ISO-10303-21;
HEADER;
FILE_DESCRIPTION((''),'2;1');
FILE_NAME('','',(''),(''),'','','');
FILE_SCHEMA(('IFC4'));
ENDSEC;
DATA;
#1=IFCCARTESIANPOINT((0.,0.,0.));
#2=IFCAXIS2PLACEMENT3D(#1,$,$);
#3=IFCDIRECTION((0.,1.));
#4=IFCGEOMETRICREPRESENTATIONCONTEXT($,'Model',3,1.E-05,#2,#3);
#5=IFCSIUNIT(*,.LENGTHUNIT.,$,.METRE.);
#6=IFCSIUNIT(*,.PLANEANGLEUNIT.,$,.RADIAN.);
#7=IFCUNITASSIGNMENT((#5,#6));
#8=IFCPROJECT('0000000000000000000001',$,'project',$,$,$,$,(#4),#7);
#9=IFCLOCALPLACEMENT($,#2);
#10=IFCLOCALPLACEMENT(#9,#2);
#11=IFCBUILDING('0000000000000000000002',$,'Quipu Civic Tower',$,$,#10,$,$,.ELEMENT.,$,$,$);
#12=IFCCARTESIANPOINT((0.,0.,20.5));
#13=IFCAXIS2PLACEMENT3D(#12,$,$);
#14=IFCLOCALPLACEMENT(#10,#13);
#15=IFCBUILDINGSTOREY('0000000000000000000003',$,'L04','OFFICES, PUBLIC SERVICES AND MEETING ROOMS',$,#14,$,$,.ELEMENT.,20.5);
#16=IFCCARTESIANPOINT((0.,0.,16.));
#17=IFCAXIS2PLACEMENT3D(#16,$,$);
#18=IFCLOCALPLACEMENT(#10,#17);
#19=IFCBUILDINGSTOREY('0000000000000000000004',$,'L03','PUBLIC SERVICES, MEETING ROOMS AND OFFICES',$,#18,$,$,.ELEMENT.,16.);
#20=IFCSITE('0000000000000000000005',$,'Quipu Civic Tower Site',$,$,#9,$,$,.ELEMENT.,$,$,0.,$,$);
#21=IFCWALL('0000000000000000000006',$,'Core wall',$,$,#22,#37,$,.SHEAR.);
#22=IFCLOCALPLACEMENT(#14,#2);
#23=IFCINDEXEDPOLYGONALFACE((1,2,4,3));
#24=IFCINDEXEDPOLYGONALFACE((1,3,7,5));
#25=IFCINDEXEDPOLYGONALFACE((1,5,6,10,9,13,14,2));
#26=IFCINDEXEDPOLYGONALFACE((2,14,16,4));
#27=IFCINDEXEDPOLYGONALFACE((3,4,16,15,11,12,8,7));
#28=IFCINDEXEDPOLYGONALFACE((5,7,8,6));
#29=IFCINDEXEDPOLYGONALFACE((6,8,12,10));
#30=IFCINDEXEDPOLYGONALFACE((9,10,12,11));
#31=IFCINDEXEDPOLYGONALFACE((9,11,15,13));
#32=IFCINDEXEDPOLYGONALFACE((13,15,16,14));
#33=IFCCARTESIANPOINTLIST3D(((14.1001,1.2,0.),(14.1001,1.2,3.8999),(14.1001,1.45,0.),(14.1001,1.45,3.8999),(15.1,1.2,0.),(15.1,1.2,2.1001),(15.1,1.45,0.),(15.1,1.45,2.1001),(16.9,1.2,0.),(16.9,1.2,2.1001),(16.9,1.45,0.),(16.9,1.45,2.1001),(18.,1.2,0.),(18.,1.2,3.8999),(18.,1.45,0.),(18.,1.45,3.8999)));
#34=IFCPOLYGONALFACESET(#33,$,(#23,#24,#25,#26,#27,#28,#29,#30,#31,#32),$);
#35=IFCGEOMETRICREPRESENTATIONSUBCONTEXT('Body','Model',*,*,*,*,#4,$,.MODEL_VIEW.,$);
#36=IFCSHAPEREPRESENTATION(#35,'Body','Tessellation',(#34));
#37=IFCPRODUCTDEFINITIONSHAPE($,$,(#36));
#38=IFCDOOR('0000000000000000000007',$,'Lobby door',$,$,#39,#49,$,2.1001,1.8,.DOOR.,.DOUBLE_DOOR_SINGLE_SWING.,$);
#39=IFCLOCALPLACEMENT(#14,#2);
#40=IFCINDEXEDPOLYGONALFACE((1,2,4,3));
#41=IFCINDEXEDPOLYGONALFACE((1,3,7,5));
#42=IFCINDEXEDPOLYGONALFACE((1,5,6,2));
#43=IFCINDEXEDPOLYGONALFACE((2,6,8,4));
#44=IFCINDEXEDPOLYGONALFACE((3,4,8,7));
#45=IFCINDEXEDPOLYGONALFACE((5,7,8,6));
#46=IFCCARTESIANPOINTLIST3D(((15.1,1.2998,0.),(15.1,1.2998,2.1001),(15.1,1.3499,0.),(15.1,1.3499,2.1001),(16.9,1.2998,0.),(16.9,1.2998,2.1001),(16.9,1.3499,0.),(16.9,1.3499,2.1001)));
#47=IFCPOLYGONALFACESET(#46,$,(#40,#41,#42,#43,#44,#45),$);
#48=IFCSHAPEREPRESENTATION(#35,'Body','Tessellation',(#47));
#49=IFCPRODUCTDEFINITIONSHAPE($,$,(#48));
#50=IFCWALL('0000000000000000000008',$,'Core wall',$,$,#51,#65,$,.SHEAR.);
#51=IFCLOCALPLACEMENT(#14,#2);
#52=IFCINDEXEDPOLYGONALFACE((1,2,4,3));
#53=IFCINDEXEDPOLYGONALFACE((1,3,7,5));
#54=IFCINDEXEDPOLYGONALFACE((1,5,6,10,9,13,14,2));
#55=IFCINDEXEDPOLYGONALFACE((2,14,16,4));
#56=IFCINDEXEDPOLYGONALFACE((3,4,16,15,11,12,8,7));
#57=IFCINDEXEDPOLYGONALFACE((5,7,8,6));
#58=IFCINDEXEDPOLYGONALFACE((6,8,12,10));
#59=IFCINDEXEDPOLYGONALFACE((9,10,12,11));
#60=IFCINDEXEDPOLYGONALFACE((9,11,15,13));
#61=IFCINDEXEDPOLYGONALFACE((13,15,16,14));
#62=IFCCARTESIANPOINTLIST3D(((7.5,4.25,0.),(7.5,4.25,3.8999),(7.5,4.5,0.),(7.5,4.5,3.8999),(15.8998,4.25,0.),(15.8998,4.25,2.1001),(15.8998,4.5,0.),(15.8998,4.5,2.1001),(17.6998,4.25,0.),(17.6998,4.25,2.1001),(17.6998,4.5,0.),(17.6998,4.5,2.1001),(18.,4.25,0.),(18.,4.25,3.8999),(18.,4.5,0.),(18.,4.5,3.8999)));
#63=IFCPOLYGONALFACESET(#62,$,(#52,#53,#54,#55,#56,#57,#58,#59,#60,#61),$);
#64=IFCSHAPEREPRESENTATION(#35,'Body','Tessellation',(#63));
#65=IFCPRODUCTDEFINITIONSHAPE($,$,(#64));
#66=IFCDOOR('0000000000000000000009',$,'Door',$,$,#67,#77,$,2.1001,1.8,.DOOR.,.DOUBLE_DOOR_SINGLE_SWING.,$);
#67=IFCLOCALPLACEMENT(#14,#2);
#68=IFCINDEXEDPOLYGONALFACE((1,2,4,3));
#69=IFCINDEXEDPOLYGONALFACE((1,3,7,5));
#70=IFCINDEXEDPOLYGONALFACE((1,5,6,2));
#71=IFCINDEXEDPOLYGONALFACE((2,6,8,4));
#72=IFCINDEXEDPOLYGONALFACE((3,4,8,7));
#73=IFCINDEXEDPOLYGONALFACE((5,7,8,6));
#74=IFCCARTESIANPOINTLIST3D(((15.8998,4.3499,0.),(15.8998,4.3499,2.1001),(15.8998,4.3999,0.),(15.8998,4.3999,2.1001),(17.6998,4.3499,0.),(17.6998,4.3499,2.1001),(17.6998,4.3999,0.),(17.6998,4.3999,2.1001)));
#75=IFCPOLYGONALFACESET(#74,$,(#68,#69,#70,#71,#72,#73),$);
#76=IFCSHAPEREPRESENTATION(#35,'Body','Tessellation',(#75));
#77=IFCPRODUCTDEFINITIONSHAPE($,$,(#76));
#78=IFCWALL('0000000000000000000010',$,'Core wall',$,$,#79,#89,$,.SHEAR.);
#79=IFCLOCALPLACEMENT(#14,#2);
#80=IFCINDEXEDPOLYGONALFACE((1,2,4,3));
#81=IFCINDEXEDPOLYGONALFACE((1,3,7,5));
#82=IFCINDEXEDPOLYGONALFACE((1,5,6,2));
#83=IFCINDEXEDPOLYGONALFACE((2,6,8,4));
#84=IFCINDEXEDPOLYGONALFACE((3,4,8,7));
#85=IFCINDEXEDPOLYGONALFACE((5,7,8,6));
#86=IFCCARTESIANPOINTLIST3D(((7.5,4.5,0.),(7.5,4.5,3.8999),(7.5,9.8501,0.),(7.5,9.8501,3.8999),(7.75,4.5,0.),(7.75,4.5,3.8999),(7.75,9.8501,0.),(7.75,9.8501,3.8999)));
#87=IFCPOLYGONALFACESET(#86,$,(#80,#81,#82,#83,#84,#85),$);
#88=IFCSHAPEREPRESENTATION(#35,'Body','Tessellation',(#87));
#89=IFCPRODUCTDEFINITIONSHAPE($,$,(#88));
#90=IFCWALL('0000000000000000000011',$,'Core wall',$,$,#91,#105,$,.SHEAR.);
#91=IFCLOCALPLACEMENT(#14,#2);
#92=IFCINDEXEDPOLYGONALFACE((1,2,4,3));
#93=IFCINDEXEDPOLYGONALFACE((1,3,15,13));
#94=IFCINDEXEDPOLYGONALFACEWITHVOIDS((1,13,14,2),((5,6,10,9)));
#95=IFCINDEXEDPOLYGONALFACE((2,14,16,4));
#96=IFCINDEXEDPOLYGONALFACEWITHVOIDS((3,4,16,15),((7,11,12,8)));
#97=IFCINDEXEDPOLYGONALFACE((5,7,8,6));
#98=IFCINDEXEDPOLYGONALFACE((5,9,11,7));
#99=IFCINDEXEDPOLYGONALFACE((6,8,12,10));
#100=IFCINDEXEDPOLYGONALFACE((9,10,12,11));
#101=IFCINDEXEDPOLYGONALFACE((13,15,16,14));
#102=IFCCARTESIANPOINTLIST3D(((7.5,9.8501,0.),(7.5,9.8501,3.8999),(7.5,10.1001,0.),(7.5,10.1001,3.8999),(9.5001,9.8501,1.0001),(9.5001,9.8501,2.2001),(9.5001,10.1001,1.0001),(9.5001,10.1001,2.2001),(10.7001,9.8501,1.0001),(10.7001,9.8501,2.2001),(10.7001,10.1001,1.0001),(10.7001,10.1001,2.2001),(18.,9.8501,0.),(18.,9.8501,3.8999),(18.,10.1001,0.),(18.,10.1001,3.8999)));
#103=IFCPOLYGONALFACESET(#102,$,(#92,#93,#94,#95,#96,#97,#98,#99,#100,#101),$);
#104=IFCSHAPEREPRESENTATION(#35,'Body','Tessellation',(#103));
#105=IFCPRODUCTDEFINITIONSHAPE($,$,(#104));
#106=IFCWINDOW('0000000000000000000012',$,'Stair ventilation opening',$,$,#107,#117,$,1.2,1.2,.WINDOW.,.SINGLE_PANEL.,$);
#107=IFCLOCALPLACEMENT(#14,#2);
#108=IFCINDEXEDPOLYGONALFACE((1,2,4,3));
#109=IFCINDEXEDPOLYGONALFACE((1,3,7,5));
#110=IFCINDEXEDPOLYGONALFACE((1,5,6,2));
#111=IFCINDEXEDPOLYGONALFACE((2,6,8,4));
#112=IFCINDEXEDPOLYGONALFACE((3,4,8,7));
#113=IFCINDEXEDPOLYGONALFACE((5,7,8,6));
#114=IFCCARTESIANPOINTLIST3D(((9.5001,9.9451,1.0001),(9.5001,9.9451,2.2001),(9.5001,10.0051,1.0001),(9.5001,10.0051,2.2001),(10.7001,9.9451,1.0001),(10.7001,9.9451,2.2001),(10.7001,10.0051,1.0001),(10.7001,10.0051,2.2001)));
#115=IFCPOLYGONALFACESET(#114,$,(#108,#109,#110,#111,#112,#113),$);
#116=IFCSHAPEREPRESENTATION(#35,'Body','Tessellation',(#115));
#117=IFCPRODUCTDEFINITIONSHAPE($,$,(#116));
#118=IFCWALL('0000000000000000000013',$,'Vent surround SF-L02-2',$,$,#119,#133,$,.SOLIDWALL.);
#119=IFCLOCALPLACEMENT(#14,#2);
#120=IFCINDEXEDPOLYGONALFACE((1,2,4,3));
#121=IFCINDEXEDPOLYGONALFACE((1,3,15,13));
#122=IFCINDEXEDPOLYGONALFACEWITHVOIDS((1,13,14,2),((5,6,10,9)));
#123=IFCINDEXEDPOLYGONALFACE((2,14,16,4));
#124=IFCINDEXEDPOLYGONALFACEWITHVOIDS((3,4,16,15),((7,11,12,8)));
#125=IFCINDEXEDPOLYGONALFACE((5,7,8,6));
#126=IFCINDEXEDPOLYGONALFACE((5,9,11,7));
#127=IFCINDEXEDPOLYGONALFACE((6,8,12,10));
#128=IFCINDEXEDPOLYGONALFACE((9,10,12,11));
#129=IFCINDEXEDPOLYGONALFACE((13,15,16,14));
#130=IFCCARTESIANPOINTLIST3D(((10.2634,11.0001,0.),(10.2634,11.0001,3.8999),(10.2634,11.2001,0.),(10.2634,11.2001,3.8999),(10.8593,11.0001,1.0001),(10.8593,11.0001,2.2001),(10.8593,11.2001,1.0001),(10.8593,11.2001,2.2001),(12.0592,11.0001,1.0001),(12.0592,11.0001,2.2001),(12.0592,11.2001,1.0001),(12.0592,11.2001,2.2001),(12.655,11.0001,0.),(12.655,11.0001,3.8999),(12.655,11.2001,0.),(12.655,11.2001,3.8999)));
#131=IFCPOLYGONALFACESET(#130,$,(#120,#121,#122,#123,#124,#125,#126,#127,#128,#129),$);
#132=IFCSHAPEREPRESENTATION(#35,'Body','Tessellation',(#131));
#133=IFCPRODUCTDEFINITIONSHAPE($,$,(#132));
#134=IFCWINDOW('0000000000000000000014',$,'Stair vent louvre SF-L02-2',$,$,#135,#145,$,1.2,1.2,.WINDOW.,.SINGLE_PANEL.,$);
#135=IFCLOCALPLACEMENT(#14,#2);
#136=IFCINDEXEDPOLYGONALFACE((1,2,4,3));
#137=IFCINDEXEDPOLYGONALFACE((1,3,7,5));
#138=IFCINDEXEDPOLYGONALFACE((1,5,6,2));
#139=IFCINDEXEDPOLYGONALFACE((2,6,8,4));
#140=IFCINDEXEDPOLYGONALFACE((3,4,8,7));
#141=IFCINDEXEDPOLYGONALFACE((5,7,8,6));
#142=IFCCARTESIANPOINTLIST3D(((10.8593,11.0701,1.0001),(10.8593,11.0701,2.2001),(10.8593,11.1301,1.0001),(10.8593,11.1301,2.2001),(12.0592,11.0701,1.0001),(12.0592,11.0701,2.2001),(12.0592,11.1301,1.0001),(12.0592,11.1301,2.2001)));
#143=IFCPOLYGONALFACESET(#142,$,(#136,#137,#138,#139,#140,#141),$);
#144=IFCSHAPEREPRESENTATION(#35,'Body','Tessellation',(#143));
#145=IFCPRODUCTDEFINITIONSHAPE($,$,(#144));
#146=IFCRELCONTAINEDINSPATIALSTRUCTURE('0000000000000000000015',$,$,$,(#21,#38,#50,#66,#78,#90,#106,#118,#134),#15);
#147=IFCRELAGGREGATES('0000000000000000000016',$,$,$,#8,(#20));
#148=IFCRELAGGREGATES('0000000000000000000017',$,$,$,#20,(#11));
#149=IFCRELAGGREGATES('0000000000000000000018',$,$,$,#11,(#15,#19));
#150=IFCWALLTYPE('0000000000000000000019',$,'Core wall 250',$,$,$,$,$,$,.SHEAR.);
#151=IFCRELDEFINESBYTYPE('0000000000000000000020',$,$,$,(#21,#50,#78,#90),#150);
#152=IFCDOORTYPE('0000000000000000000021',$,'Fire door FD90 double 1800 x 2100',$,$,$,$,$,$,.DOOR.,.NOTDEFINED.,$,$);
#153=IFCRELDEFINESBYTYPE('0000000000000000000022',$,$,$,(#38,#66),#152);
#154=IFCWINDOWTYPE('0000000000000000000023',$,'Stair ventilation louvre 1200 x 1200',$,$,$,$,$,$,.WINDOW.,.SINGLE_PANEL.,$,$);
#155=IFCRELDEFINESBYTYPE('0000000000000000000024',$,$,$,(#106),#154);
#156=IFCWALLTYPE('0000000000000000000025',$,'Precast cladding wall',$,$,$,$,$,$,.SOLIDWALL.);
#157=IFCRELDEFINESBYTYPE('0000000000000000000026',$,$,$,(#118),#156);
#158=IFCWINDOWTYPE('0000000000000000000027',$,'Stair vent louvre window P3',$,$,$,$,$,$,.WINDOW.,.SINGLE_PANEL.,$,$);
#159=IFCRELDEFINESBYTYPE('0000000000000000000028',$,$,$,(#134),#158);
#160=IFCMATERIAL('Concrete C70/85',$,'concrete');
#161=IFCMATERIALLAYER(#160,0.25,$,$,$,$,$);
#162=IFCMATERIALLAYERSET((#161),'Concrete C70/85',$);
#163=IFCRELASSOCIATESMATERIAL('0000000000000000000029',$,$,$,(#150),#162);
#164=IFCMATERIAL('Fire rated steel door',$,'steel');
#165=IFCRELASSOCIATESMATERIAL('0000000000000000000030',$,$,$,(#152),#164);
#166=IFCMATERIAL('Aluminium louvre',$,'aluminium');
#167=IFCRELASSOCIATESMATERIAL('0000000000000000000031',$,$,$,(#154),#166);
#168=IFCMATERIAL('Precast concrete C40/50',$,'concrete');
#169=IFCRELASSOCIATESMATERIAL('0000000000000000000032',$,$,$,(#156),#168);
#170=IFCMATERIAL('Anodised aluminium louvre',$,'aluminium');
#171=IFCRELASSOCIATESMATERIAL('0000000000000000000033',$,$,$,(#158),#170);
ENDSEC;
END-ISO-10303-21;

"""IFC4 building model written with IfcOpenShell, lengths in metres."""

from ifc_helpers import new_model, si_unit, direction, frame, frame_2d, origin, place, context, subcontext, project, spatial, rectangle, extrude, material, layer, layer_set, type_object, element, fill, save


model = new_model("IFC4")

# Units and contexts
model_context = context("Model", 3, precision=1e-05, world=origin(), true_north=direction((0.0, 1.0)))
body_context = subcontext(model_context, "Body", "Model", "MODEL_VIEW")
ifc_project = project(units=[si_unit("LENGTHUNIT", "METRE"), si_unit("PLANEANGLEUNIT", "RADIAN")], contexts=[model_context])

# Site, building, storey
site_placement = place(None, origin())
site = spatial("IfcSite", under=ifc_project, at=site_placement, Name="Quipu Civic Tower Site", CompositionType="ELEMENT", RefElevation=0.0)
building_placement = place(site_placement, origin())
building = spatial("IfcBuilding", under=site, at=building_placement, Name="Quipu Civic Tower", CompositionType="ELEMENT")
storey_1_placement = place(building_placement, frame((0.0, 0.0, 20.5)))
storey_1 = spatial("IfcBuildingStorey", under=building, at=storey_1_placement, Name="L04", Description="OFFICES, PUBLIC SERVICES AND MEETING ROOMS", CompositionType="ELEMENT", Elevation=20.5)

# Shared definitions
storey_2_placement = place(building_placement, frame((0.0, 0.0, 16.0)))
storey_2 = spatial("IfcBuildingStorey", under=building, at=storey_2_placement, Name="L03", Description="PUBLIC SERVICES, MEETING ROOMS AND OFFICES", CompositionType="ELEMENT", Elevation=16.0)

# Walls, openings, doors
ifc_material_1 = material(Name="Concrete C70/85", Category="concrete")
ifc_layer_1 = layer(ifc_material_1, 0.25)
ifc_layer_set_1 = layer_set([ifc_layer_1], Name="Concrete C70/85")
wall_type_1 = type_object("IfcWallType", Name="Core wall 250", PredefinedType="SHEAR", material=ifc_layer_set_1)
wall_1_placement = place(storey_1_placement, frame((14.1001, 1.325, 0.0), z_axis=(0.0, 0.0, 1.0), x_axis=(1.0, 0.0, 0.0)))
wall_1 = element("IfcWall", 1, at=wall_1_placement, inside=storey_1, type_object=wall_type_1, Name="Core wall", PredefinedType="SHEAR", context=body_context, shape_type="SweptSolid", body=[
    extrude(rectangle(XDim=3.8999, YDim=0.25, at=frame_2d((1.95, 0.0))), origin(), (0.0, 0.0, 1.0), 3.8999),
])
opening_1_placement = place(wall_1_placement, frame((1.0, 0.0, 0.0)))
opening_1 = element("IfcOpeningElement", 2, at=opening_1_placement, cuts=wall_1, PredefinedType="OPENING", context=body_context, shape_type="SweptSolid", body=[
    extrude(rectangle(XDim=1.8, YDim=2.1001, at=frame_2d((0.8999, 1.05))), frame((0.0, 0.135, 0.0), z_axis=(0.0, -1.0, 0.0), x_axis=(1.0, 0.0, 0.0)), (0.0, 0.0, 1.0), 0.27),
])
ifc_material_2 = material(Name="Fire rated steel door", Category="steel")
door_type = type_object("IfcDoorType", Name="Fire door FD90 double 1800 x 2100", OperationType="NOTDEFINED", PredefinedType="DOOR", material=ifc_material_2)
door_1_placement = place(opening_1_placement, origin())
door_1 = element("IfcDoor", 3, at=door_1_placement, inside=storey_1, type_object=door_type, Name="Lobby door", OperationType="DOUBLE_DOOR_SINGLE_SWING", OverallHeight=2.1001, OverallWidth=1.8, PredefinedType="DOOR", context=body_context, shape_type="SweptSolid", body=[
    extrude(rectangle(XDim=1.8, YDim=2.1001, at=frame_2d((0.8999, 1.05))), frame((0.0, 0.0249, 0.0), z_axis=(0.0, -1.0, 0.0), x_axis=(1.0, 0.0, 0.0)), (0.0, 0.0, 1.0), 0.05),
])
fill(opening_1, door_1)
wall_2_placement = place(storey_1_placement, frame((7.5, 4.375, 0.0), z_axis=(0.0, 0.0, 1.0), x_axis=(1.0, 0.0, 0.0)))
wall_2 = element("IfcWall", 4, at=wall_2_placement, inside=storey_1, type_object=wall_type_1, Name="Core wall", PredefinedType="SHEAR", context=body_context, shape_type="SweptSolid", body=[
    extrude(rectangle(XDim=10.5, YDim=0.25, at=frame_2d((5.25, 0.0))), origin(), (0.0, 0.0, 1.0), 3.8999),
])
opening_2_placement = place(wall_2_placement, frame((8.3999, 0.0, 0.0)))
opening_2 = element("IfcOpeningElement", 5, at=opening_2_placement, cuts=wall_2, PredefinedType="OPENING", context=body_context, shape_type="SweptSolid", body=[
    extrude(rectangle(XDim=1.8, YDim=2.1001, at=frame_2d((0.8999, 1.05))), frame((0.0, 0.135, 0.0), z_axis=(0.0, -1.0, 0.0), x_axis=(1.0, 0.0, 0.0)), (0.0, 0.0, 1.0), 0.27),
])
door_2_placement = place(opening_2_placement, origin())
door_2 = element("IfcDoor", 6, at=door_2_placement, inside=storey_1, type_object=door_type, Name="Door", OperationType="DOUBLE_DOOR_SINGLE_SWING", OverallHeight=2.1001, OverallWidth=1.8, PredefinedType="DOOR", context=body_context, shape_type="SweptSolid", body=[
    extrude(rectangle(XDim=1.8, YDim=2.1001, at=frame_2d((0.8999, 1.05))), frame((0.0, 0.0249, 0.0), z_axis=(0.0, -1.0, 0.0), x_axis=(1.0, 0.0, 0.0)), (0.0, 0.0, 1.0), 0.05),
])
fill(opening_2, door_2)

# Wall
wall_3_placement = place(storey_1_placement, frame((7.625, 4.5, 0.0), z_axis=(0.0, 0.0, 1.0), x_axis=(0.0, 1.0, 0.0)))
element("IfcWall", 7, at=wall_3_placement, inside=storey_1, type_object=wall_type_1, Name="Core wall", PredefinedType="SHEAR", context=body_context, shape_type="SweptSolid", body=[
    extrude(rectangle(XDim=5.3501, YDim=0.25, at=frame_2d((2.675, 0.0))), origin(), (0.0, 0.0, 1.0), 3.8999),
])

# Walls, openings, windows
wall_4_placement = place(storey_1_placement, frame((7.5, 9.9751, 0.0), z_axis=(0.0, 0.0, 1.0), x_axis=(1.0, 0.0, 0.0)))
wall_4 = element("IfcWall", 8, at=wall_4_placement, inside=storey_1, type_object=wall_type_1, Name="Core wall", PredefinedType="SHEAR", context=body_context, shape_type="SweptSolid", body=[
    extrude(rectangle(XDim=10.5, YDim=0.25, at=frame_2d((5.25, 0.0))), origin(), (0.0, 0.0, 1.0), 3.8999),
])
opening_3_placement = place(wall_4_placement, frame((2.0, 0.0, 1.0)))
opening_3 = element("IfcOpeningElement", 9, at=opening_3_placement, cuts=wall_4, PredefinedType="OPENING", context=body_context, shape_type="SweptSolid", body=[
    extrude(rectangle(XDim=1.2, YDim=1.2, at=frame_2d((0.6001, 0.6001))), frame((0.0, 0.135, 0.0), z_axis=(0.0, -1.0, 0.0), x_axis=(1.0, 0.0, 0.0)), (0.0, 0.0, 1.0), 0.27),
])
ifc_material_3 = material(Name="Aluminium louvre", Category="aluminium")
window_type_1 = type_object("IfcWindowType", Name="Stair ventilation louvre 1200 x 1200", PartitioningType="SINGLE_PANEL", PredefinedType="WINDOW", material=ifc_material_3)
window_1_placement = place(opening_3_placement, origin())
window_1 = element("IfcWindow", 10, at=window_1_placement, inside=storey_1, type_object=window_type_1, Name="Stair ventilation opening", OverallHeight=1.2, OverallWidth=1.2, PartitioningType="SINGLE_PANEL", PredefinedType="WINDOW", context=body_context, shape_type="SweptSolid", body=[
    extrude(rectangle(XDim=1.2, YDim=1.2, at=frame_2d((0.6001, 0.6001))), frame((0.0, 0.03, 0.0), z_axis=(0.0, -1.0, 0.0), x_axis=(1.0, 0.0, 0.0)), (0.0, 0.0, 1.0), 0.0601),
])
fill(opening_3, window_1)
ifc_material_4 = material(Name="Precast concrete C40/50", Category="concrete")
wall_type_2 = type_object("IfcWallType", Name="Precast cladding wall", PredefinedType="SOLIDWALL", material=ifc_material_4)
wall_5_placement = place(storey_1_placement, frame((12.655, 11.1001, 0.0), z_axis=(0.0, 0.0, 1.0), x_axis=(-1.0, 0.0, 0.0)))
wall_5 = element("IfcWall", 11, at=wall_5_placement, inside=storey_1, type_object=wall_type_2, Name="Vent surround SF-L02-2", PredefinedType="SOLIDWALL", context=body_context, shape_type="SweptSolid", body=[
    extrude(rectangle(XDim=2.3916, YDim=0.2, at=frame_2d((1.1958, 0.0))), origin(), (0.0, 0.0, 1.0), 3.8999),
])
opening_4_placement = place(wall_5_placement, frame((0.5957, 0.0, 1.0)))
opening_4 = element("IfcOpeningElement", 12, at=opening_4_placement, cuts=wall_5, PredefinedType="OPENING", context=body_context, shape_type="SweptSolid", body=[
    extrude(rectangle(XDim=1.2, YDim=1.2, at=frame_2d((0.6001, 0.6001))), frame((0.0, 0.1099, 0.0), z_axis=(0.0, -1.0, 0.0), x_axis=(1.0, 0.0, 0.0)), (0.0, 0.0, 1.0), 0.22),
])
ifc_material_5 = material(Name="Anodised aluminium louvre", Category="aluminium")
window_type_2 = type_object("IfcWindowType", Name="Stair vent louvre window P3", PartitioningType="SINGLE_PANEL", PredefinedType="WINDOW", material=ifc_material_5)
window_2_placement = place(opening_4_placement, origin())
window_2 = element("IfcWindow", 13, at=window_2_placement, inside=storey_1, type_object=window_type_2, Name="Stair vent louvre SF-L02-2", OverallHeight=1.2, OverallWidth=1.2, PartitioningType="SINGLE_PANEL", PredefinedType="WINDOW", context=body_context, shape_type="SweptSolid", body=[
    extrude(rectangle(XDim=1.2, YDim=1.2, at=frame_2d((0.6001, 0.6001))), frame((0.0, 0.03, 0.0), z_axis=(0.0, -1.0, 0.0), x_axis=(1.0, 0.0, 0.0)), (0.0, 0.0, 1.0), 0.0601),
])
fill(opening_4, window_2)

save(model, "model.ifc")
